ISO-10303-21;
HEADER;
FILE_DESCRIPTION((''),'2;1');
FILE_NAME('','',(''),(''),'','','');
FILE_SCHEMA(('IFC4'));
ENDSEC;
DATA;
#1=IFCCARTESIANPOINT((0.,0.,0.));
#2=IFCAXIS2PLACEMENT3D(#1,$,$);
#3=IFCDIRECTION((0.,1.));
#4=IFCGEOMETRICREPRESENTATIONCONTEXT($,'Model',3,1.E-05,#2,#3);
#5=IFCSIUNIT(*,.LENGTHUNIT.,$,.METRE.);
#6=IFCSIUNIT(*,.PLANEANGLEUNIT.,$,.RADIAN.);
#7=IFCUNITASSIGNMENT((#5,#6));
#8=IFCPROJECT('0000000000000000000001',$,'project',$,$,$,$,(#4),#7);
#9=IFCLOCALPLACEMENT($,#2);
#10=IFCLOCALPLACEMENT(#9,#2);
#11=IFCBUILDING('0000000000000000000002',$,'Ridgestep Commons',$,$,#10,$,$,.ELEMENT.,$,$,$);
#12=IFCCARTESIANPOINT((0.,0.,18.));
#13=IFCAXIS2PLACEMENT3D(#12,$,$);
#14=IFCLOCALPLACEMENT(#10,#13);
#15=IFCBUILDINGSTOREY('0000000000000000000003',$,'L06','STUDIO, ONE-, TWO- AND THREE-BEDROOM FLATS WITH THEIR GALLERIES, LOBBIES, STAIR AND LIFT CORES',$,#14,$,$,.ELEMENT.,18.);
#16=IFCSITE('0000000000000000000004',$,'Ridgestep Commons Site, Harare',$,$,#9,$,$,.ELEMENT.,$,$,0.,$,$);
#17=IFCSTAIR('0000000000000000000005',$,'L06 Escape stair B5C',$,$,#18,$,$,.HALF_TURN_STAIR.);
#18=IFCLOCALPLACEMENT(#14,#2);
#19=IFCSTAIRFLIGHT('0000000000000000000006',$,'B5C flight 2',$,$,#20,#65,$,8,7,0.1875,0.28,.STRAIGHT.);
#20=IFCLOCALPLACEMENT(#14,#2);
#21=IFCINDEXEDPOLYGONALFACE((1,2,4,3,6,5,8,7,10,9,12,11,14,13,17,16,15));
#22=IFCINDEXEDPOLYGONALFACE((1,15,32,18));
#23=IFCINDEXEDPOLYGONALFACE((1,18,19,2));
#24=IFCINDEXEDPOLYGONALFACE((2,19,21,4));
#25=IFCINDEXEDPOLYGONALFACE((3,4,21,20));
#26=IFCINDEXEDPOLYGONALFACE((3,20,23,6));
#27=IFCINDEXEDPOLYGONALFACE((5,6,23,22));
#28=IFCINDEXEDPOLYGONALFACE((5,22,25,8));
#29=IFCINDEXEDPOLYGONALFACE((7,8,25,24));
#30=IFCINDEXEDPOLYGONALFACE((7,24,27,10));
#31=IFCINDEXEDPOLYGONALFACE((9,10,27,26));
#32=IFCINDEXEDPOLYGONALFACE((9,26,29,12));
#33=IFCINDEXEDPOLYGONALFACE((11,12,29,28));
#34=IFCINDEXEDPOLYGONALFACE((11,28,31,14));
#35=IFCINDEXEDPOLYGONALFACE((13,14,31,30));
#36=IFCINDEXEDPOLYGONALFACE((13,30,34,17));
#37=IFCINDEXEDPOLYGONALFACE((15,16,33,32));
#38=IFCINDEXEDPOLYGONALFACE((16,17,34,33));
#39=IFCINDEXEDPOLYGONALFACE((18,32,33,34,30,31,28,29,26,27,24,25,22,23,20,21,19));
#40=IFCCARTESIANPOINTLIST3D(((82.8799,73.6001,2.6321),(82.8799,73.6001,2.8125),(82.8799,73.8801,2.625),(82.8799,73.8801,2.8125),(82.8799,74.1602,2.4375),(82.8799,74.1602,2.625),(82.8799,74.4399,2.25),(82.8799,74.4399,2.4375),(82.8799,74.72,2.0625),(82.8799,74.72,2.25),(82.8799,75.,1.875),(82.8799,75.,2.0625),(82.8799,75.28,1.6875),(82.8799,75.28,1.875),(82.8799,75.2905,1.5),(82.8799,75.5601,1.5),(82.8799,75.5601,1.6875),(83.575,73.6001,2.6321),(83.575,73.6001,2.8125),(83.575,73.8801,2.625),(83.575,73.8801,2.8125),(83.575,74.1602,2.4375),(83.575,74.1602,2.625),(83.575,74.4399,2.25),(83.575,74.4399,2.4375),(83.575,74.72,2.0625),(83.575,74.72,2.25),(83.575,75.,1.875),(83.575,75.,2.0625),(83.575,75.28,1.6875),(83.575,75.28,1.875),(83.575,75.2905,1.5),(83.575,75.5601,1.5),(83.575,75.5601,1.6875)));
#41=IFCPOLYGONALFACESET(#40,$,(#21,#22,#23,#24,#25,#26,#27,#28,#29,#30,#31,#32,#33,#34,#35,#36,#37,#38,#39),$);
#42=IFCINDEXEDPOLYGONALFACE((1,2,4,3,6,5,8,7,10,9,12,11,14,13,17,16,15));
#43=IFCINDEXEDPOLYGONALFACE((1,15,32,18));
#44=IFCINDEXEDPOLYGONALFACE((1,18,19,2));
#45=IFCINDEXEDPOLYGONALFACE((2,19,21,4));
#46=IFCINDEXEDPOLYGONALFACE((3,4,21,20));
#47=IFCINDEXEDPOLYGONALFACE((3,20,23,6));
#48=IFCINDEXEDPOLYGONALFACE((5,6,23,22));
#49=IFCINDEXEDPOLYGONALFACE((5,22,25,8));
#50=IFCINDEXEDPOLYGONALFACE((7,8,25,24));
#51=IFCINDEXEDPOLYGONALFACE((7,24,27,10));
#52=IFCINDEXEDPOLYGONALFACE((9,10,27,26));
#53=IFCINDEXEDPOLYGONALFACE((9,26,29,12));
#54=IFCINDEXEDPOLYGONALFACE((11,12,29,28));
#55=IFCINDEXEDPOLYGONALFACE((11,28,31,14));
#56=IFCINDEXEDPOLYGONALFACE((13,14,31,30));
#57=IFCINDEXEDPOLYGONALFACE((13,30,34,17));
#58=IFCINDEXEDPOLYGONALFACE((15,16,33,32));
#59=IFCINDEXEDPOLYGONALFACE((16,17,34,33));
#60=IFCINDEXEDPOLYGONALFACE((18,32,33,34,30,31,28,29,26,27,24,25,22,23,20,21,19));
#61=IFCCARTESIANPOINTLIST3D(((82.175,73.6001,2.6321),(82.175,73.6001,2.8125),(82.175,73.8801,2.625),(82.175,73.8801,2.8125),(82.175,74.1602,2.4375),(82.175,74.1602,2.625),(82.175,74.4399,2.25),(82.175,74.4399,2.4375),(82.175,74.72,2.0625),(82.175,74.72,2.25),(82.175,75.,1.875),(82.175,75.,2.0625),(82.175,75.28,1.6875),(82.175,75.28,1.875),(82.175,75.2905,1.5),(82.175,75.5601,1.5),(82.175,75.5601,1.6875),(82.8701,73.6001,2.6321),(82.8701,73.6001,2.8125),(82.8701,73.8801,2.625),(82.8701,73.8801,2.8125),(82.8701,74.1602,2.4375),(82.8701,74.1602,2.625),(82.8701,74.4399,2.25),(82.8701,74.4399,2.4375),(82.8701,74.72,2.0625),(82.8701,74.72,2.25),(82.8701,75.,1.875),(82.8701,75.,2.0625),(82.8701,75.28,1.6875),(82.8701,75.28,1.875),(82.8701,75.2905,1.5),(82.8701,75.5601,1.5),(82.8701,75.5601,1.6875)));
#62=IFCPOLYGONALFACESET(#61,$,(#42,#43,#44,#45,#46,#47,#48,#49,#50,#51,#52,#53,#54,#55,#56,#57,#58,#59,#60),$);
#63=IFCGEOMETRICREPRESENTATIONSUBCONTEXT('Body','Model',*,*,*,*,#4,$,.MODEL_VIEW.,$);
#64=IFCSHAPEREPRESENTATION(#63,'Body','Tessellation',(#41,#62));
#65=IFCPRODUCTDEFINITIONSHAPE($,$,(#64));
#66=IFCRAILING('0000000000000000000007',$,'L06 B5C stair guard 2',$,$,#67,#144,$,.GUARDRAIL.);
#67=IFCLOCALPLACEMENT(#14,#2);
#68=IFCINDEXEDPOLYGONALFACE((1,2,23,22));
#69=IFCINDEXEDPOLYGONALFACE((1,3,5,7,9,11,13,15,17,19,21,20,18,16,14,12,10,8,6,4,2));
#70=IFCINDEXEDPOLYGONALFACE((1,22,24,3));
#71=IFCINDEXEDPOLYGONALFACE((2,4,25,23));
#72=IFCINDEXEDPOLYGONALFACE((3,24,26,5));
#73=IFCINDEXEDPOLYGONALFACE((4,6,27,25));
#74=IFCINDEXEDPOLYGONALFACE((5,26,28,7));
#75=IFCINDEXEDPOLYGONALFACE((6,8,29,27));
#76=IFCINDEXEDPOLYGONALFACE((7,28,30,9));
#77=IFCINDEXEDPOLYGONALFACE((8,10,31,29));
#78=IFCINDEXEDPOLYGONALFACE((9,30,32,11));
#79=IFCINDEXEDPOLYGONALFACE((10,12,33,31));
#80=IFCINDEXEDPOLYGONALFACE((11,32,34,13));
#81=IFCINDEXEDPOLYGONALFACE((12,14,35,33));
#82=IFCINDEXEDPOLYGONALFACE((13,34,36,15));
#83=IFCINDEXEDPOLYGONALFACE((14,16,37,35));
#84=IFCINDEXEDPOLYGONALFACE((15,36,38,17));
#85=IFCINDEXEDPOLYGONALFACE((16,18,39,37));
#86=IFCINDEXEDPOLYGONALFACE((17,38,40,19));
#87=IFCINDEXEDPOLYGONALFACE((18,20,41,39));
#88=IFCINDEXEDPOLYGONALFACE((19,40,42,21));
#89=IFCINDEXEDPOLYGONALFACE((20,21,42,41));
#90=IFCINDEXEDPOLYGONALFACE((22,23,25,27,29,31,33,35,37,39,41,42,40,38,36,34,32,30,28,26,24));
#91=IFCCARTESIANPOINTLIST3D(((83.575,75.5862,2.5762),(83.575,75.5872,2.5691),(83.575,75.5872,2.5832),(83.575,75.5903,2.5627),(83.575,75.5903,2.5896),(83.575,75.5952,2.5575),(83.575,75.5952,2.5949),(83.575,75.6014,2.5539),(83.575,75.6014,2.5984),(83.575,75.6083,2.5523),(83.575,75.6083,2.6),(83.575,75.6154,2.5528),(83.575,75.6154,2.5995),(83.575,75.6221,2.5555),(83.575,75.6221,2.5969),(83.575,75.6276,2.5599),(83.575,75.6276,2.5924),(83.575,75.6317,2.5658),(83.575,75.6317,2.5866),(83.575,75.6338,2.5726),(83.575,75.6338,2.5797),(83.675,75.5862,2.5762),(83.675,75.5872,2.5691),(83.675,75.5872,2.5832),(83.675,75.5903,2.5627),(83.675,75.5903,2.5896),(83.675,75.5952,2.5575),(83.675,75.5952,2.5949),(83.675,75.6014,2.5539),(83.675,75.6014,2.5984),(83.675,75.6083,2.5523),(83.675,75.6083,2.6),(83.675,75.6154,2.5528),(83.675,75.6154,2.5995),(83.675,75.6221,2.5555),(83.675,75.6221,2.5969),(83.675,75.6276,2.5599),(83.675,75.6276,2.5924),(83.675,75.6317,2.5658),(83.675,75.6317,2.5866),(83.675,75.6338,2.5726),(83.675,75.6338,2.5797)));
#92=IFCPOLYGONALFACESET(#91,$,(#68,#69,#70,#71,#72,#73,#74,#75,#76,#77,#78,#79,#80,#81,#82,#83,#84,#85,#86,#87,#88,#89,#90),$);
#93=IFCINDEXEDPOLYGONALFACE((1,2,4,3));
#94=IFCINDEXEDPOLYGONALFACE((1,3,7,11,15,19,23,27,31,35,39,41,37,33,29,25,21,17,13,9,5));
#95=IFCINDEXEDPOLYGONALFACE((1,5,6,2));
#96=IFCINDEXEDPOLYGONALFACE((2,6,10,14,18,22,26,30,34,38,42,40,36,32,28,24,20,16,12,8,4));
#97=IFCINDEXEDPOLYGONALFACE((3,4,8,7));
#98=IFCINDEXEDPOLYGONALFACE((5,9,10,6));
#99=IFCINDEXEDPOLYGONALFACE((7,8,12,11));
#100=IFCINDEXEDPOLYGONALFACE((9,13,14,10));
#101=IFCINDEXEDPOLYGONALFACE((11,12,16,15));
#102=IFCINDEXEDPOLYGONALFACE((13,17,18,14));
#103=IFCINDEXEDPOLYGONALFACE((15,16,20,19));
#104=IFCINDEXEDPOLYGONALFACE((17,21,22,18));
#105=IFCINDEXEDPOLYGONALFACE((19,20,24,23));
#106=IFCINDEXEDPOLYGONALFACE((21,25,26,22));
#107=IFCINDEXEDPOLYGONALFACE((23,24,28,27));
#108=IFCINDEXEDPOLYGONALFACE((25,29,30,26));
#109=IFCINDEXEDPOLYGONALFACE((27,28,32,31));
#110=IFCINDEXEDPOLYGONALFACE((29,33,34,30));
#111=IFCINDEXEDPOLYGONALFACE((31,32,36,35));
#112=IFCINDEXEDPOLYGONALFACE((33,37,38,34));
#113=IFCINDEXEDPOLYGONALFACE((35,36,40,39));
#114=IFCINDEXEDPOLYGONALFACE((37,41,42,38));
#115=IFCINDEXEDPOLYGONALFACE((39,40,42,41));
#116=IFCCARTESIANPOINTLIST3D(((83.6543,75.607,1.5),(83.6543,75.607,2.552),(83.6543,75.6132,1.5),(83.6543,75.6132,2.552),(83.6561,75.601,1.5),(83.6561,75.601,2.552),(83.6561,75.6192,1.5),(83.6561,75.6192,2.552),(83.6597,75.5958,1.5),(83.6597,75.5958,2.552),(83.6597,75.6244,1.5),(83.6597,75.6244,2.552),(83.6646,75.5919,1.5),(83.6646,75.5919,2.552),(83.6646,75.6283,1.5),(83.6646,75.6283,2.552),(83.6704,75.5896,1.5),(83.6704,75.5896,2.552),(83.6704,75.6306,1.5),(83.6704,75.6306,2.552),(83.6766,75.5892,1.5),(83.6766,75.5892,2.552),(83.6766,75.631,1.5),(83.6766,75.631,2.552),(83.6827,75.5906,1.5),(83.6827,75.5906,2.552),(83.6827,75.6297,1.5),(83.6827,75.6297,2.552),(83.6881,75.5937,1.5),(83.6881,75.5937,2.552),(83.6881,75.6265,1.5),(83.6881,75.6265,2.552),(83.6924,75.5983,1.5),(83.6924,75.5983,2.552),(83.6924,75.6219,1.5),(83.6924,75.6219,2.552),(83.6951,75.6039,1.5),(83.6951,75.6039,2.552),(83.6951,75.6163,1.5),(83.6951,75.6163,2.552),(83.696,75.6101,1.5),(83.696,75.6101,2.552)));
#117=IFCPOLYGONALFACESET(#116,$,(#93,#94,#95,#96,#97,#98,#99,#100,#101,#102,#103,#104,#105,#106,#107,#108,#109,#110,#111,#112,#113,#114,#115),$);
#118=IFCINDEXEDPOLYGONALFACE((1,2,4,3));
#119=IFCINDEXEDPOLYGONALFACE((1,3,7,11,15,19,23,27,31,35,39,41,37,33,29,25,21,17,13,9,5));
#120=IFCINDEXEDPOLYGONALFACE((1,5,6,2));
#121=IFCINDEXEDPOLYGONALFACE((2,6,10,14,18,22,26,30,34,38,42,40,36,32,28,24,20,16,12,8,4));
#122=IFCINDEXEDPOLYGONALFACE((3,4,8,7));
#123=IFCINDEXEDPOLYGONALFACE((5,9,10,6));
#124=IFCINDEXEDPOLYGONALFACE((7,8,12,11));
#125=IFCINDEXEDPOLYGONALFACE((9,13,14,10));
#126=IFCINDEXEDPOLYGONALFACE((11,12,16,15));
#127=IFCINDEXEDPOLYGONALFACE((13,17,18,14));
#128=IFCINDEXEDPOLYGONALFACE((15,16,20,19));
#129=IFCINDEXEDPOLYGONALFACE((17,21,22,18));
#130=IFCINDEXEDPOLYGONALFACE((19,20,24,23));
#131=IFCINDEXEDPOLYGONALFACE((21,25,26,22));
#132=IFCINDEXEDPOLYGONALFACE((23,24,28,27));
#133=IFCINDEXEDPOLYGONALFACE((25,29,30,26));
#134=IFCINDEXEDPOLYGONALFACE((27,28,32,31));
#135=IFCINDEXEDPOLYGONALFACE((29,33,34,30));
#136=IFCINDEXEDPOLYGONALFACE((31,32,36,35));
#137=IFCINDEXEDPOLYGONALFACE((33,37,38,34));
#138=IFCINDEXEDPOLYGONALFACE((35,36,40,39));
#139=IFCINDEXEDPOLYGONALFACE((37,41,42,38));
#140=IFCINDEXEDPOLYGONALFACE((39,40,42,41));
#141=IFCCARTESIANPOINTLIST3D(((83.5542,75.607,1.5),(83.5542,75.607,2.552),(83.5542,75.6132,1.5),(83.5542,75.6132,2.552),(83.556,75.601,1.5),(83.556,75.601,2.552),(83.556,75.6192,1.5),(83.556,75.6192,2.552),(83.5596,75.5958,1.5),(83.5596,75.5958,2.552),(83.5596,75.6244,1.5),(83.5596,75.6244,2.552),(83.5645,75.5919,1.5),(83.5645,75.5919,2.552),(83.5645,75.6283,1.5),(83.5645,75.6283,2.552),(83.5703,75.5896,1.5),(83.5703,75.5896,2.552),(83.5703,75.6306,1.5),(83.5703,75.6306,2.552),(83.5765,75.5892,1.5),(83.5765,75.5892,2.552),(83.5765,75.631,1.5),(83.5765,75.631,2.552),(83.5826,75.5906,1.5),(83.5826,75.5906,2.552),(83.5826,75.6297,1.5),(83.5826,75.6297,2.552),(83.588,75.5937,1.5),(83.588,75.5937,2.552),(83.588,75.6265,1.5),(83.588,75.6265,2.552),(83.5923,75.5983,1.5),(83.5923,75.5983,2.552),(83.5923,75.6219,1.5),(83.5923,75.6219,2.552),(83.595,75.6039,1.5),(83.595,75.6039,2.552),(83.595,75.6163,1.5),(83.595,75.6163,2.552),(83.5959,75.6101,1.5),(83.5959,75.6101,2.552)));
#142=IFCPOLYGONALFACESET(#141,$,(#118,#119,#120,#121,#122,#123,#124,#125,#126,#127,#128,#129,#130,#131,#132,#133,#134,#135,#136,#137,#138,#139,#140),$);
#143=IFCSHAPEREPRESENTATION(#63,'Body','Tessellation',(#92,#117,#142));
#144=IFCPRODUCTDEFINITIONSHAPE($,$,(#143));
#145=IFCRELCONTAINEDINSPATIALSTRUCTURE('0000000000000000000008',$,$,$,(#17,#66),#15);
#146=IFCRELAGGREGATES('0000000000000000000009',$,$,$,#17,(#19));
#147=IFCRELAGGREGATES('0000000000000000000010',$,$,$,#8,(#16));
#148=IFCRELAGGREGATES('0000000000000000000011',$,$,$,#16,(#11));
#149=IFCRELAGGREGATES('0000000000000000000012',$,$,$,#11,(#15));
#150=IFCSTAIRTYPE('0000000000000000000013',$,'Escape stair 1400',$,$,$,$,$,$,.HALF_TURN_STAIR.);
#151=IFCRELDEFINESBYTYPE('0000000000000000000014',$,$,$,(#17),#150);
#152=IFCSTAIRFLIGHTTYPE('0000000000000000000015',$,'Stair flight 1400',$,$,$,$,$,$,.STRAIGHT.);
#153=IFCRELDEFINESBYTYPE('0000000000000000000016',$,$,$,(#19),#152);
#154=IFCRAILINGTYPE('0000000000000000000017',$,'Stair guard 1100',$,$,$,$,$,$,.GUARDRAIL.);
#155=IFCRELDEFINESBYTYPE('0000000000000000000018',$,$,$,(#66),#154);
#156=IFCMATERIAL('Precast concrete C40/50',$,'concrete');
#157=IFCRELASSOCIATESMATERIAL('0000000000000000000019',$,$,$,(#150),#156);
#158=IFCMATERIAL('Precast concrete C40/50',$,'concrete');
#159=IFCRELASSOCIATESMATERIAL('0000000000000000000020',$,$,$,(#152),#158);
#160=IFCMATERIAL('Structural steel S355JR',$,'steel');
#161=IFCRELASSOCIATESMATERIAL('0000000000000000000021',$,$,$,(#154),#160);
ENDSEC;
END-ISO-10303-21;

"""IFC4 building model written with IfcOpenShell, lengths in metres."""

from ifc_helpers import new_model, si_unit, direction, frame, origin, origin_2d, place, context, subcontext, project, spatial, polyline, circle, outline, extrude, material, type_object, element, aggregate, save


model = new_model("IFC4")

# Units and contexts
model_context = context("Model", 3, precision=1e-05, world=origin(), true_north=direction((0.0, 1.0)))
body_context = subcontext(model_context, "Body", "Model", "MODEL_VIEW")
ifc_project = project(units=[si_unit("LENGTHUNIT", "METRE"), si_unit("PLANEANGLEUNIT", "RADIAN")], contexts=[model_context])

# Site, building, storey
site_placement = place(None, origin())
site = spatial("IfcSite", under=ifc_project, at=site_placement, Name="Ridgestep Commons Site, Harare", CompositionType="ELEMENT", RefElevation=0.0)
building_placement = place(site_placement, origin())
building = spatial("IfcBuilding", under=site, at=building_placement, Name="Ridgestep Commons", CompositionType="ELEMENT")
storey_placement = place(building_placement, frame((0.0, 0.0, 18.0)))
storey = spatial("IfcBuildingStorey", under=building, at=storey_placement, Name="L06", Description="STUDIO, ONE-, TWO- AND THREE-BEDROOM FLATS WITH THEIR GALLERIES, LOBBIES, STAIR AND LIFT CORES", CompositionType="ELEMENT", Elevation=18.0)

# Stair, stair flight
ifc_material_1 = material(Name="Precast concrete C40/50", Category="concrete")
stair_type = type_object("IfcStairType", Name="Escape stair 1400", PredefinedType="HALF_TURN_STAIR", material=ifc_material_1)
stair_placement = place(storey_placement, origin())
stair = element("IfcStair", 1, at=stair_placement, inside=storey, type_object=stair_type, Name="L06 Escape stair B5C", PredefinedType="HALF_TURN_STAIR")
ifc_material_2 = material(Name="Precast concrete C40/50", Category="concrete")
stair_flight_type = type_object("IfcStairFlightType", Name="Stair flight 1400", PredefinedType="STRAIGHT", material=ifc_material_2)
stair_flight_placement = place(storey_placement, frame((82.875, 75.5601, 1.5), z_axis=(0.0, 0.0, 1.0), x_axis=(0.0, -1.0, 0.0)))
stair_flight = element("IfcStairFlight", 2, at=stair_flight_placement, type_object=stair_flight_type, Name="B5C flight 2", NumberOfRisers=8, NumberOfTreads=7, PredefinedType="STRAIGHT", RiserHeight=0.1875, TreadLength=0.28, context=body_context, shape_type="SweptSolid", body=[
    extrude(outline(polyline([(0.0, 0.0), (0.0, 0.1875), (0.28, 0.1875), (0.28, 0.375), (0.5601, 0.375), (0.5601, 0.5625), (0.8401, 0.5625), (0.8401, 0.75), (1.1201, 0.75), (1.1201, 0.9375), (1.3999, 0.9375), (1.3999, 1.125), (1.6799, 1.125), (1.6799, 1.3125), (1.96, 1.3125), (1.96, 1.5), (1.96, 1.1321), (0.2695, 0.0), (0.0, 0.0)])), frame((0.0, 0.7, 0.0), z_axis=(0.0, -1.0, 0.0), x_axis=(1.0, 0.0, 0.0)), (0.0, 0.0, 1.0), 0.6951),
    extrude(outline(polyline([(0.0, 0.0), (0.0, 0.1875), (0.28, 0.1875), (0.28, 0.375), (0.5601, 0.375), (0.5601, 0.5625), (0.8401, 0.5625), (0.8401, 0.75), (1.1201, 0.75), (1.1201, 0.9375), (1.3999, 0.9375), (1.3999, 1.125), (1.6799, 1.125), (1.6799, 1.3125), (1.96, 1.3125), (1.96, 1.5), (1.96, 1.1321), (0.2695, 0.0), (0.0, 0.0)])), frame((0.0, -0.0049, 0.0), z_axis=(0.0, -1.0, 0.0), x_axis=(1.0, 0.0, 0.0)), (0.0, 0.0, 1.0), 0.6951),
])
aggregate(stair, [stair_flight])

# Railing
ifc_material_3 = material(Name="Structural steel S355JR", Category="steel")
railing_type_1 = type_object("IfcRailingType", Name="Stair guard 1100", PredefinedType="GUARDRAIL", material=ifc_material_3)
railing_1_placement = place(storey_placement, frame((83.675, 75.6101, 1.5)))
element("IfcRailing", 3, at=railing_1_placement, inside=storey, type_object=railing_type_1, Name="L06 B5C stair guard 2", PredefinedType="GUARDRAIL", context=body_context, shape_type="SweptSolid", body=[
    extrude(circle(Radius=0.0239, at=origin_2d()), frame((0.0, 0.0, 1.0762), z_axis=(-1.0, 0.0, 0.0), x_axis=(0.0, -1.0, 0.0)), (0.0, 0.0, 1.0), 0.1001),
    extrude(circle(Radius=0.021, at=origin_2d()), origin(), (0.0, 0.0, 1.0), 1.052),
    extrude(circle(Radius=0.021, at=origin_2d()), frame((-0.1001, 0.0, 0.0)), (0.0, 0.0, 1.0), 1.052),
])

save(model, "model.ifc")
